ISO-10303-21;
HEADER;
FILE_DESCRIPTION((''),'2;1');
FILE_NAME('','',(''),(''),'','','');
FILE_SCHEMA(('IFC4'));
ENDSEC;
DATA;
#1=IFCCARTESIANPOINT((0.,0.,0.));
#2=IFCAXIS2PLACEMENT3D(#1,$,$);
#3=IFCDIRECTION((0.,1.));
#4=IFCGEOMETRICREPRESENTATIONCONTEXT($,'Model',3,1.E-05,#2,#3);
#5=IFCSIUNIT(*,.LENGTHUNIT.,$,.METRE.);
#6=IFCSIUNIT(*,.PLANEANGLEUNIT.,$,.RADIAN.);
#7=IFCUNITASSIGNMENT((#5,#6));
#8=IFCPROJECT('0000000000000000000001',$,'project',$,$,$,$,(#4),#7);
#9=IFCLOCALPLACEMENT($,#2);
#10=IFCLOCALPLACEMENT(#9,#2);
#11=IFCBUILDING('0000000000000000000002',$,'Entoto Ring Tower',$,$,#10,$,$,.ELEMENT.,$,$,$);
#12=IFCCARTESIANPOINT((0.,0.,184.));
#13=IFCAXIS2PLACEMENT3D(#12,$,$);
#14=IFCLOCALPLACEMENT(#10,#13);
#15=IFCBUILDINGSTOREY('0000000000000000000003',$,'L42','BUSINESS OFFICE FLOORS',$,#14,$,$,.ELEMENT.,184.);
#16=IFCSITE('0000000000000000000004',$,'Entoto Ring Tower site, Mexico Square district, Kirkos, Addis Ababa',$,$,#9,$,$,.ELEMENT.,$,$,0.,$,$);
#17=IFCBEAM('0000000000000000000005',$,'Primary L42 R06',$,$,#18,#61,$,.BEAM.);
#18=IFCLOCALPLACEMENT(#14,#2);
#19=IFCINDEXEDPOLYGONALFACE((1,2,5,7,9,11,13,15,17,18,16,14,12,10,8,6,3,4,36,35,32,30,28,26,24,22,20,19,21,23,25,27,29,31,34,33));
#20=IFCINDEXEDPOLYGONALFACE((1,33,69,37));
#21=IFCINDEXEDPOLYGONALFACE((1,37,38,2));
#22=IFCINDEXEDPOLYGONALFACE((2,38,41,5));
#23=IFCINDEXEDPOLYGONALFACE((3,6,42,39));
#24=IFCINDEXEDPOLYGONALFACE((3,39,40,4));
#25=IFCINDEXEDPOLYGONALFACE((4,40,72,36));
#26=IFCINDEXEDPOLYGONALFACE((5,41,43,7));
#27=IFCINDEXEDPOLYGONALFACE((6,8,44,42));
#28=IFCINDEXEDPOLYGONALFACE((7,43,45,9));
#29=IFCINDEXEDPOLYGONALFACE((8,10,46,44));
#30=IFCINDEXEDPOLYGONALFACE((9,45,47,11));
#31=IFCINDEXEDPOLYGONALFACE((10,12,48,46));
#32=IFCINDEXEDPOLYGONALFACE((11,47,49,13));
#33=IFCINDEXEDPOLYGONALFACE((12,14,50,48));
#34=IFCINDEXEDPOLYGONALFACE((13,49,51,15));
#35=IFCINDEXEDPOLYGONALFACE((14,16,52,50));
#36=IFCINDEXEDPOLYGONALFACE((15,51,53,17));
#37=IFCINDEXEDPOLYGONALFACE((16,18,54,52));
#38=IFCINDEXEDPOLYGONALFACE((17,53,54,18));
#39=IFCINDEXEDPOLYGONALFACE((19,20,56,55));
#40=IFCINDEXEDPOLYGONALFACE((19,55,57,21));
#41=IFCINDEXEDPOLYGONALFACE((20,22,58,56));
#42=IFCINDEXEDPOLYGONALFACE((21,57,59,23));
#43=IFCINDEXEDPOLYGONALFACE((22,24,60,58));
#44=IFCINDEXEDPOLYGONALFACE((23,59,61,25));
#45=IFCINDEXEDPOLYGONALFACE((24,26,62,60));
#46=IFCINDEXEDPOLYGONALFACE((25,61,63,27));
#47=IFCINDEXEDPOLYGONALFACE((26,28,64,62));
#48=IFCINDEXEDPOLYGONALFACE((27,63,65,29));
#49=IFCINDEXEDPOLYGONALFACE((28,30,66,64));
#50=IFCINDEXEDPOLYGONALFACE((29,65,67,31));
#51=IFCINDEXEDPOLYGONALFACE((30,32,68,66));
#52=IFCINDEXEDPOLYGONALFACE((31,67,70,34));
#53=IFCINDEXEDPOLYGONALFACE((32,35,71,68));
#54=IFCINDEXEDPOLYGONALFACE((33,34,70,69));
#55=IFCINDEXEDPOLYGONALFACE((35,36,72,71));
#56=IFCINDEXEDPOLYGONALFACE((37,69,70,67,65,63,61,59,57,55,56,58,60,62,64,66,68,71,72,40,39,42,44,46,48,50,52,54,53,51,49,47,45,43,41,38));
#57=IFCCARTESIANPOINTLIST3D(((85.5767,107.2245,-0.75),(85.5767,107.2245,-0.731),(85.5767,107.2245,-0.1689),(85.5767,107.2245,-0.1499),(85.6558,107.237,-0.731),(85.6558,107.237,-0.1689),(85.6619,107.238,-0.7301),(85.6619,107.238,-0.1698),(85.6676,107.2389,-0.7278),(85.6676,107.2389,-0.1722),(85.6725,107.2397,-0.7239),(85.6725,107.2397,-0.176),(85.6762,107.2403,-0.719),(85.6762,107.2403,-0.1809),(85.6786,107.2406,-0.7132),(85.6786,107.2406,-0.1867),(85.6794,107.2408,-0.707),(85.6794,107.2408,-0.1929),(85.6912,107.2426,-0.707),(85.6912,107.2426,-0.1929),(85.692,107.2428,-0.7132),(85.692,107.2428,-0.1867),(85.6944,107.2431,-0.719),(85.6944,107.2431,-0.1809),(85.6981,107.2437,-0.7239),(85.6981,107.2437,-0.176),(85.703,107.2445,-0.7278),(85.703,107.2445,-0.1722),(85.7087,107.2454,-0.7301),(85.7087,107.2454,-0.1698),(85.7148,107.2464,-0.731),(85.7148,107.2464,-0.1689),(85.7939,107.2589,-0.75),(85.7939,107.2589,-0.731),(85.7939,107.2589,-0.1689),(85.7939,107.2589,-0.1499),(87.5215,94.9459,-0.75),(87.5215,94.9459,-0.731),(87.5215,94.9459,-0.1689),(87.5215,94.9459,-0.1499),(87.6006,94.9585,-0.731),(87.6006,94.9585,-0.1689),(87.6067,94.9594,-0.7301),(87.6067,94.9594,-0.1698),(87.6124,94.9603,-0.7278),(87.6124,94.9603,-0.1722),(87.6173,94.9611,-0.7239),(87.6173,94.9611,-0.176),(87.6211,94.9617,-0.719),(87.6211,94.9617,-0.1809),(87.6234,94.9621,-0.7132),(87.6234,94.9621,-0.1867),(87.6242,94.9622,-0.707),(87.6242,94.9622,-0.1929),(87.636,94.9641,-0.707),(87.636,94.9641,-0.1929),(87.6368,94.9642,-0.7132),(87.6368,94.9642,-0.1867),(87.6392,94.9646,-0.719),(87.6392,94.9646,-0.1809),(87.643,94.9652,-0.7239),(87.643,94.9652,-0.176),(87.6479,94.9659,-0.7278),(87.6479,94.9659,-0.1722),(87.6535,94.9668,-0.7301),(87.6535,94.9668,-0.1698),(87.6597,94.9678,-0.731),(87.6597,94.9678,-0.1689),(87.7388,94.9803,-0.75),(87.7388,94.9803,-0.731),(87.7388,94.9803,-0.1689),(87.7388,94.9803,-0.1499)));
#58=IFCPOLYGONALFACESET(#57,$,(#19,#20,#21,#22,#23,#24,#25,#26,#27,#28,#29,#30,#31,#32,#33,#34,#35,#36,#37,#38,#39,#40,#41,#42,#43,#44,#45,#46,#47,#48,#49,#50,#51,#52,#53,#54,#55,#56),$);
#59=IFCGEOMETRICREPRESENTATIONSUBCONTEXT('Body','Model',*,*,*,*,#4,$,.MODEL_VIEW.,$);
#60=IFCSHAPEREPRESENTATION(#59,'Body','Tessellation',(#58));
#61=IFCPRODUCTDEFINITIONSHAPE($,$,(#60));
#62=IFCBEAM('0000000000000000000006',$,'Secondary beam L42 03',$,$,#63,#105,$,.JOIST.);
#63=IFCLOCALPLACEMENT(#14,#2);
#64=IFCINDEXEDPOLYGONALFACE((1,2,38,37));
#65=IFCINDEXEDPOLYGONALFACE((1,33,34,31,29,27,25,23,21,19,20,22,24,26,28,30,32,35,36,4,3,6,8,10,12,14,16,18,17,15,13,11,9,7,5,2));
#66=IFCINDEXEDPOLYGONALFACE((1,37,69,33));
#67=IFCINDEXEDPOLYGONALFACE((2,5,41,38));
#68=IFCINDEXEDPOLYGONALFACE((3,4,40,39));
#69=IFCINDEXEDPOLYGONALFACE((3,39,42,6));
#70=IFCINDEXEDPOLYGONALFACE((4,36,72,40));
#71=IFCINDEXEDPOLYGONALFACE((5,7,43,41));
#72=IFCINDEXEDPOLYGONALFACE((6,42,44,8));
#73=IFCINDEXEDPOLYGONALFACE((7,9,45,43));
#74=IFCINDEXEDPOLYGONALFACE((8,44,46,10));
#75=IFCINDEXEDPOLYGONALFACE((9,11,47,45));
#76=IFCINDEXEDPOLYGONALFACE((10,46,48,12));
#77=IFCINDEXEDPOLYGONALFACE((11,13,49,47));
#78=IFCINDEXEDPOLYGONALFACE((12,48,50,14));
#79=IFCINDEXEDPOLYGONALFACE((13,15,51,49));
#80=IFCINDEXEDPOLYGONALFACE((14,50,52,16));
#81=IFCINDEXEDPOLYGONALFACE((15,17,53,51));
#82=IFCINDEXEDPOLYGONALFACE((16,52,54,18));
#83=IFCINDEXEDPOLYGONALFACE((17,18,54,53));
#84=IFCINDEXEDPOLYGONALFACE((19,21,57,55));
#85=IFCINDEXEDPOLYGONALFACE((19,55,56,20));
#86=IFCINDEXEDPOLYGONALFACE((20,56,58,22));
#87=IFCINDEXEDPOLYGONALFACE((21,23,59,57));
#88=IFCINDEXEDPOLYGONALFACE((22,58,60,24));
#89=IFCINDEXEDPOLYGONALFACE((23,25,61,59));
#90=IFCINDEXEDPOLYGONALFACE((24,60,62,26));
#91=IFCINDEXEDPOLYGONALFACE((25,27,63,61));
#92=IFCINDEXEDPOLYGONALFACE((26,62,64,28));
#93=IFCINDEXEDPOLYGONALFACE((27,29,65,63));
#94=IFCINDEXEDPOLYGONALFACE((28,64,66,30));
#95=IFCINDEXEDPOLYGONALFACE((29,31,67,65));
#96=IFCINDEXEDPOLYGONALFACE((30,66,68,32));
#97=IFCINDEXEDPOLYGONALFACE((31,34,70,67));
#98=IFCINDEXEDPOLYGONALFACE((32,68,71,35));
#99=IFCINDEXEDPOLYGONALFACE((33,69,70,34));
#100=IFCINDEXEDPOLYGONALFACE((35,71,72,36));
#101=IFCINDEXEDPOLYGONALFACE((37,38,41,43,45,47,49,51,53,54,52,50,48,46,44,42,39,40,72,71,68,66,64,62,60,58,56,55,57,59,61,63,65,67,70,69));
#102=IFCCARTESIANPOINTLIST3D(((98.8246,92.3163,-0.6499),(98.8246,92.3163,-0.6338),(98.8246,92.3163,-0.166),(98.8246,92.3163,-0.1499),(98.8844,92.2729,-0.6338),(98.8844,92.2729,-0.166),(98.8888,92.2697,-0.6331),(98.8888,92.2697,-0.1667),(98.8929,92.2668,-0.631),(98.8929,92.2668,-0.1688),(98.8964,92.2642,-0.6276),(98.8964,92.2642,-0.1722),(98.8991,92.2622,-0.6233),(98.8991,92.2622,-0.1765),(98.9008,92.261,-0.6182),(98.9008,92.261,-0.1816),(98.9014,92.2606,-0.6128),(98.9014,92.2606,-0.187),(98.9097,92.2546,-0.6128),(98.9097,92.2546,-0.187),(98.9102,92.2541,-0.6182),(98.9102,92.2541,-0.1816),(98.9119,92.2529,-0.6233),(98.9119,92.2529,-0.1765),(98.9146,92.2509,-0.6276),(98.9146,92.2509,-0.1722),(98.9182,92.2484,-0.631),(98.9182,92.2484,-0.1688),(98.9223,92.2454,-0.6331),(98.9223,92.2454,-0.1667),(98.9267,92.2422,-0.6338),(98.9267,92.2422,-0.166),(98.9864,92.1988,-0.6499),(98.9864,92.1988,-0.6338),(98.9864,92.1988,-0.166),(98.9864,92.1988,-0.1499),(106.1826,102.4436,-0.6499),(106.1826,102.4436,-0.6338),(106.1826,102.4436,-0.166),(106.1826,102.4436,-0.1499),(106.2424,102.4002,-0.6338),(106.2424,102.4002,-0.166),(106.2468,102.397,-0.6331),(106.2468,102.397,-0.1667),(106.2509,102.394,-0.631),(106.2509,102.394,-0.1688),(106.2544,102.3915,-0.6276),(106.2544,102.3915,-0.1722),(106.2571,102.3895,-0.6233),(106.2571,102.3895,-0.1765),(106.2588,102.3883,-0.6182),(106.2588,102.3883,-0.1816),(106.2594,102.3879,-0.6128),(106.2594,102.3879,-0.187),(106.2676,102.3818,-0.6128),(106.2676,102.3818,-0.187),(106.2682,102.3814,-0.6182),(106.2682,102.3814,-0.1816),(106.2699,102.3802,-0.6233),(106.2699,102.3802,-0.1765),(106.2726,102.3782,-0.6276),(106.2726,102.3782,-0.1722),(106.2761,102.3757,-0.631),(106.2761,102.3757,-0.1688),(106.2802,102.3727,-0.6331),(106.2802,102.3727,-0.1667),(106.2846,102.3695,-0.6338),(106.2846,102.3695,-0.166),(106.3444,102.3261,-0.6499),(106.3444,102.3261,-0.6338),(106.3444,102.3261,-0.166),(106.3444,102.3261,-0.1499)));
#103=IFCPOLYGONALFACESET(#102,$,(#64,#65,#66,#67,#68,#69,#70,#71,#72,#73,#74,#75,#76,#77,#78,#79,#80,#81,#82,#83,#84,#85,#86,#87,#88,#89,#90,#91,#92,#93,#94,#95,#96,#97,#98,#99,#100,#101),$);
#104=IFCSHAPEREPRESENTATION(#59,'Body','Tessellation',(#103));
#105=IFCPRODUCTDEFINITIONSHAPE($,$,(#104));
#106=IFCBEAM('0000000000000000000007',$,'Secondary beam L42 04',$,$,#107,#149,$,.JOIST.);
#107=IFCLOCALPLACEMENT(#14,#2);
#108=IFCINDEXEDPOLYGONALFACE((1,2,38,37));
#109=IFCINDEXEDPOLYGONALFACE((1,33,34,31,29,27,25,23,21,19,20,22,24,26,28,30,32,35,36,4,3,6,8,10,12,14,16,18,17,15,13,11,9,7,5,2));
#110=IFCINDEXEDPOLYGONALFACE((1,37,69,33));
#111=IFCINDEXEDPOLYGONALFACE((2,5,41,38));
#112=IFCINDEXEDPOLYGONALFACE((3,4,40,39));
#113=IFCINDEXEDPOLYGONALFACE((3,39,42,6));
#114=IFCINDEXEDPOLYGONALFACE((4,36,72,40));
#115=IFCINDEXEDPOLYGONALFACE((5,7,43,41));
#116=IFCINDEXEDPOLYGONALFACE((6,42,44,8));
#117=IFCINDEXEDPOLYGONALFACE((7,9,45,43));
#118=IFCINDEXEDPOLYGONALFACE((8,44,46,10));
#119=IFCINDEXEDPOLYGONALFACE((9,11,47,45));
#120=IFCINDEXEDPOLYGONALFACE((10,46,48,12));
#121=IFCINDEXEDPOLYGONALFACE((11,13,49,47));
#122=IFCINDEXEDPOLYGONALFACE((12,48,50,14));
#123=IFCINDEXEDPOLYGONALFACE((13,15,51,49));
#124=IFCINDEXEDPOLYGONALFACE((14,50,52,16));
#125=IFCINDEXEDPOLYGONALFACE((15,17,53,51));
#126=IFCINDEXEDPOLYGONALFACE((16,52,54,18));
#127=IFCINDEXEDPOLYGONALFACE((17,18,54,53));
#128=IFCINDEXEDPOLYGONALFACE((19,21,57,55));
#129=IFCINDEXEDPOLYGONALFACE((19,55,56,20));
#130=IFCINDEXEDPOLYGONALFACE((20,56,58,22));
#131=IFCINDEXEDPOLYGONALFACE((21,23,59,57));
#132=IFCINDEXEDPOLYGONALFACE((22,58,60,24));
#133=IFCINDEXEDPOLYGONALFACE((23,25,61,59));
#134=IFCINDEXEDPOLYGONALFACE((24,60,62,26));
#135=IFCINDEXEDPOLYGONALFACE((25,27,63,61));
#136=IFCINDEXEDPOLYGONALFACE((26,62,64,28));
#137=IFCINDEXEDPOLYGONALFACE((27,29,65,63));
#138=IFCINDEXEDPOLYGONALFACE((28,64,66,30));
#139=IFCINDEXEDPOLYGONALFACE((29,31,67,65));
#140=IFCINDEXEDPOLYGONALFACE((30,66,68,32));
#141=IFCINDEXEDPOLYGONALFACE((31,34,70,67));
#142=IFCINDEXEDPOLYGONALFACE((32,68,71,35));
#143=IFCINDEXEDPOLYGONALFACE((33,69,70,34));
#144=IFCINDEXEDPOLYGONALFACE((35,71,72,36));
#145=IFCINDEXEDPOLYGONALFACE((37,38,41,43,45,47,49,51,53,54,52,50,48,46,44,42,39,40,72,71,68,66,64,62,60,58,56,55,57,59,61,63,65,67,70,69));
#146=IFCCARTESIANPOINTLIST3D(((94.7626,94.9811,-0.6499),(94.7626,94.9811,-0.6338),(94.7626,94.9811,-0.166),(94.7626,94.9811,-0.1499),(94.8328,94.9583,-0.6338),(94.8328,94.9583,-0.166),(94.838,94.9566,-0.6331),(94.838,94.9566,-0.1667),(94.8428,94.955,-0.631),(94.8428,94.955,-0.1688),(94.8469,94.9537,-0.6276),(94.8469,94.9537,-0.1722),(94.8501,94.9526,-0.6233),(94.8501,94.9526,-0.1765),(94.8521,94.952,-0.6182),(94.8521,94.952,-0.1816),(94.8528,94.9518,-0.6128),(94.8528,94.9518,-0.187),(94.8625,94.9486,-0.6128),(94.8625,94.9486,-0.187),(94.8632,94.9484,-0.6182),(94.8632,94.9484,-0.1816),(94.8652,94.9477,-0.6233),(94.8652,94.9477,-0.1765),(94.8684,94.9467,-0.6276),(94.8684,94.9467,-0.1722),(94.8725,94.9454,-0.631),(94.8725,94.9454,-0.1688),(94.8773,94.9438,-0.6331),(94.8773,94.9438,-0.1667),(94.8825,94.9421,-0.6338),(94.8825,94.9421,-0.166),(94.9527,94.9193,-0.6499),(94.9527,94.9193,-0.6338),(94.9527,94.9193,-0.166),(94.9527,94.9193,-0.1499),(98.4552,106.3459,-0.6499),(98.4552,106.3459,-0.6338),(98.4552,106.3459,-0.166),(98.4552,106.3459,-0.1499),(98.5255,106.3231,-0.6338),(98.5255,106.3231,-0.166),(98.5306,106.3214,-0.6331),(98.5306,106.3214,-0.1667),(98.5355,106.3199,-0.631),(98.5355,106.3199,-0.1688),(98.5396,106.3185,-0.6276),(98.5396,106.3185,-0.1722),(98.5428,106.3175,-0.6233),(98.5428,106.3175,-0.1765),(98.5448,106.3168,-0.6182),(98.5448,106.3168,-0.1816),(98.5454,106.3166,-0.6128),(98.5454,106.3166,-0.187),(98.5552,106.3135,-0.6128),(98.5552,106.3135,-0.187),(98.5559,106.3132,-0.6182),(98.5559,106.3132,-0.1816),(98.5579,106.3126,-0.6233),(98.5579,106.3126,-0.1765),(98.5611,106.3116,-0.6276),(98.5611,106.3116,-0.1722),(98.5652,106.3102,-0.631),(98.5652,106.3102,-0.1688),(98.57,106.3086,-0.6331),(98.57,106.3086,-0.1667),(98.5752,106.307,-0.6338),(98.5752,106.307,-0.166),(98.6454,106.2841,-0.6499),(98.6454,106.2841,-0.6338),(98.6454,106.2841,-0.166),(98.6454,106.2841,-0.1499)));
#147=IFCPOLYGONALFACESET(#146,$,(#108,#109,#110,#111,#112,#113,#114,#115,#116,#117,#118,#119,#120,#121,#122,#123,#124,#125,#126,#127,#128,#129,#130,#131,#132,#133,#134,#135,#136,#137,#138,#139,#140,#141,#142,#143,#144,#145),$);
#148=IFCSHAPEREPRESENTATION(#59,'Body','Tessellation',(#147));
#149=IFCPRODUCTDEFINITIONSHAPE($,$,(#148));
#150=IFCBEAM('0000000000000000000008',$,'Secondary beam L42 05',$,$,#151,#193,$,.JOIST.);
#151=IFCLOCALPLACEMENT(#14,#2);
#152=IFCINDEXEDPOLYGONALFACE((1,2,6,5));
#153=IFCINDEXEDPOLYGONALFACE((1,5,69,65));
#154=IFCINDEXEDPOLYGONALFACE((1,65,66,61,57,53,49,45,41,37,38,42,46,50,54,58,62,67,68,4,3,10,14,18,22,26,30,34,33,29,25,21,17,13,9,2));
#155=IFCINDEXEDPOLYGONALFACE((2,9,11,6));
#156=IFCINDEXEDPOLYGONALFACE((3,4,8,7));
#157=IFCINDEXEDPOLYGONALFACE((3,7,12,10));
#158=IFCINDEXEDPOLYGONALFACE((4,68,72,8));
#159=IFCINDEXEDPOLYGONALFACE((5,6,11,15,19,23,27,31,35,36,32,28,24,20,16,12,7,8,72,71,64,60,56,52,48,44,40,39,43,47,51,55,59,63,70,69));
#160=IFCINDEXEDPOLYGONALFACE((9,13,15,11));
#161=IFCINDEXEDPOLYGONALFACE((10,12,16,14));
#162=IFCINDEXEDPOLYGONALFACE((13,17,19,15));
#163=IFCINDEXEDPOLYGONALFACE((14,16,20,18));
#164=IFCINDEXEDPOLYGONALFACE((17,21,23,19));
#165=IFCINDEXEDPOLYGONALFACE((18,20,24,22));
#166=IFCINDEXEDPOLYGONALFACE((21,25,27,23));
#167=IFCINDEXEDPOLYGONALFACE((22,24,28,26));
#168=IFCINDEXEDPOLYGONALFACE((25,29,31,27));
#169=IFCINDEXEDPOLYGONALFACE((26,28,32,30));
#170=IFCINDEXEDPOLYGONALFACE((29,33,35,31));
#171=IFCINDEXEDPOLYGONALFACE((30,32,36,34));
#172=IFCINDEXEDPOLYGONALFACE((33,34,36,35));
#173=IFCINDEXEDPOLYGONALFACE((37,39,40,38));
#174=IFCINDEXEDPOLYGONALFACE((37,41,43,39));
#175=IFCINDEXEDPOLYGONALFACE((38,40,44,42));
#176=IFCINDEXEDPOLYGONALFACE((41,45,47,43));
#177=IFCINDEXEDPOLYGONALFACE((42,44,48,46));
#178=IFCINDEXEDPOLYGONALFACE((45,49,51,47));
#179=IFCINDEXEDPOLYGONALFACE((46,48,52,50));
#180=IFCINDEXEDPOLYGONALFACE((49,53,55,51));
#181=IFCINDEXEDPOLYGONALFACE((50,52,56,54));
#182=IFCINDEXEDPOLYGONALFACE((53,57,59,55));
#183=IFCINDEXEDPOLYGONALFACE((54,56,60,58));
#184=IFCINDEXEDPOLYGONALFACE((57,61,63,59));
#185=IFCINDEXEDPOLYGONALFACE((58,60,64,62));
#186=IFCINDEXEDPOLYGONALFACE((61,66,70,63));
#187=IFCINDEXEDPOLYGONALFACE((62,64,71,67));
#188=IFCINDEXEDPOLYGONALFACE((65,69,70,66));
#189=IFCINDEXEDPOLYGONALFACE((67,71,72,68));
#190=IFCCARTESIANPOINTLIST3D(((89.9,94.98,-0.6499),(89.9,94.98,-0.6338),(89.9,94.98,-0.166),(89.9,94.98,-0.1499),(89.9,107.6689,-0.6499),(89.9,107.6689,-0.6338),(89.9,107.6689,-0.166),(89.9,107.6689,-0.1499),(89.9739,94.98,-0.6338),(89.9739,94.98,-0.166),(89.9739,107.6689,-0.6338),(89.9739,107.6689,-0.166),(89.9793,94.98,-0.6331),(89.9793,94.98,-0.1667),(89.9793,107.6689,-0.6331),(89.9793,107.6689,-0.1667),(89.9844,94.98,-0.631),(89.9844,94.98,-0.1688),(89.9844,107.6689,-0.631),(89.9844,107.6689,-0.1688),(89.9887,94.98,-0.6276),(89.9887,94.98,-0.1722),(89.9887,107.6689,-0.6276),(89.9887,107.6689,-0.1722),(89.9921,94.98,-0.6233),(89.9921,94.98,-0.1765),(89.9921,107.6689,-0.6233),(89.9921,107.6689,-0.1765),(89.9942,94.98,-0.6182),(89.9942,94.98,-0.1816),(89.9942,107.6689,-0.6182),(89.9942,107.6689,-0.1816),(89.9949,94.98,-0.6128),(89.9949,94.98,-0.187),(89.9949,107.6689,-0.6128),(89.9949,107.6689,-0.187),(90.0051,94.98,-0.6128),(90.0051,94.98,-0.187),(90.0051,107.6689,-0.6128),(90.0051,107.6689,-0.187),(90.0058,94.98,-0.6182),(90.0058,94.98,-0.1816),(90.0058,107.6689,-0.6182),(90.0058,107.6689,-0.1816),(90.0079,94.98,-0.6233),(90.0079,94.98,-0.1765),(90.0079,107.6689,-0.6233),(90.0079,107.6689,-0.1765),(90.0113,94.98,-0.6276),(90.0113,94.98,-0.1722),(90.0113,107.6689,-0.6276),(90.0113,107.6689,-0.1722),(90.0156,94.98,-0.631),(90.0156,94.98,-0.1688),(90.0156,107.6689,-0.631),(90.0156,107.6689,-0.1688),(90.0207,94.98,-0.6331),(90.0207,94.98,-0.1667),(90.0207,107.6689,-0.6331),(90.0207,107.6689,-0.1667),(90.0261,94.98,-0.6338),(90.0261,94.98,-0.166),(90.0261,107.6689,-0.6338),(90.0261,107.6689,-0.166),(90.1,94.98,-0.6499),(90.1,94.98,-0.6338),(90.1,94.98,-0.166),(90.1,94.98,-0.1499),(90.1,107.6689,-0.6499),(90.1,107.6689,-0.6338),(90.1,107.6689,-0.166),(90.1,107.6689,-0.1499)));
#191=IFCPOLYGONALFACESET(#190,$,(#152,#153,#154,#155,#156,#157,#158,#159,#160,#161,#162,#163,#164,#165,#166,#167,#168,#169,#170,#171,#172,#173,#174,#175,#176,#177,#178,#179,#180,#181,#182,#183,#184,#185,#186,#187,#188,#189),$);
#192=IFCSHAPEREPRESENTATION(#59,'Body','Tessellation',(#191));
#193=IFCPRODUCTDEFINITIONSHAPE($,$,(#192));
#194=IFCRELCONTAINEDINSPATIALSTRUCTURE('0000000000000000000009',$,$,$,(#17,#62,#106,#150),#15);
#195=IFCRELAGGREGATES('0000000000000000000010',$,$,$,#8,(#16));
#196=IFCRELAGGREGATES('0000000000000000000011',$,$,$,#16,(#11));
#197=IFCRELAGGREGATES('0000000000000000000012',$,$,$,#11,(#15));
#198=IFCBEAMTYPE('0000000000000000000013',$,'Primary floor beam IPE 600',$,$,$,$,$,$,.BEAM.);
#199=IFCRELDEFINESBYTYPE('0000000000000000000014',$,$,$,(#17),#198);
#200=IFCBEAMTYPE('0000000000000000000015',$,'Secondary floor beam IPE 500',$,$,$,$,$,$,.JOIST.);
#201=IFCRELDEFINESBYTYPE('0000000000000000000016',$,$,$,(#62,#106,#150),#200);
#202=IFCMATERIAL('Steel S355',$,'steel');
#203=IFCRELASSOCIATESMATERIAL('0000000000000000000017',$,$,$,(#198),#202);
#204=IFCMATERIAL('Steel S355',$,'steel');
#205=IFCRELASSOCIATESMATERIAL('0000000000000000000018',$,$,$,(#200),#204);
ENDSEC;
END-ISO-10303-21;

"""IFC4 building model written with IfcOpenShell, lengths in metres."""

from ifc_helpers import new_model, si_unit, direction, frame, origin, origin_2d, place, context, subcontext, project, spatial, i_section, extrude, material, material_profile, profile_set, type_object, element, save


model = new_model("IFC4")

# Units and contexts
model_context = context("Model", 3, precision=1e-05, world=origin(), true_north=direction((0.0, 1.0)))
body_context = subcontext(model_context, "Body", "Model", "MODEL_VIEW")
ifc_project = project(units=[si_unit("LENGTHUNIT", "METRE"), si_unit("PLANEANGLEUNIT", "RADIAN")], contexts=[model_context])

# Site, building, storey
site_placement = place(None, origin())
site = spatial("IfcSite", under=ifc_project, at=site_placement, Name="Entoto Ring Tower site, Mexico Square district, Kirkos, Addis Ababa", CompositionType="ELEMENT", RefElevation=0.0)
building_placement = place(site_placement, origin())
building = spatial("IfcBuilding", under=site, at=building_placement, Name="Entoto Ring Tower", CompositionType="ELEMENT")
storey_placement = place(building_placement, frame((0.0, 0.0, 184.0)))
storey = spatial("IfcBuildingStorey", under=building, at=storey_placement, Name="L42", Description="BUSINESS OFFICE FLOORS", CompositionType="ELEMENT", Elevation=184.0)

# Beams
ifc_material_1 = material(Name="Steel S355", Category="steel")
ifc_material_profile_1 = material_profile(ifc_material_1, i_section(OverallWidth=0.22, OverallDepth=0.6001, WebThickness=0.012, FlangeThickness=0.019, FilletRadius=0.0239, at=origin_2d()), Name="IPE 600")
ifc_profile_set_1 = profile_set([ifc_material_profile_1], Name="Steel S355")
beam_type_1 = type_object("IfcBeamType", Name="Primary floor beam IPE 600", PredefinedType="BEAM", material=ifc_profile_set_1)
for number, where, z_axis, x_axis, name in (
    (1, (87.6301, 94.9631, -0.45), (-0.156442, 0.987687, 0.0), (-0.987687, -0.156442, 0.0), "Primary L42 R06"),
):
    element("IfcBeam", number, at=place(storey_placement, frame(where, z_axis=z_axis, x_axis=x_axis)), inside=storey, type_object=beam_type_1, Name=name, PredefinedType="BEAM", context=body_context, shape_type="SweptSolid", body=[
        extrude(i_section(OverallWidth=0.22, OverallDepth=0.6001, WebThickness=0.012, FlangeThickness=0.019, FilletRadius=0.0239, at=origin_2d()), origin(), (0.0, 0.0, 1.0), 12.4316),
    ])
ifc_material_2 = material(Name="Steel S355", Category="steel")
ifc_material_profile_2 = material_profile(ifc_material_2, i_section(OverallWidth=0.2, OverallDepth=0.5, WebThickness=0.0103, FlangeThickness=0.0161, FilletRadius=0.021, at=origin_2d()), Name="IPE 500")
ifc_profile_set_2 = profile_set([ifc_material_profile_2], Name="Steel S355")
beam_type_2 = type_object("IfcBeamType", Name="Secondary floor beam IPE 500", PredefinedType="JOIST", material=ifc_profile_set_2)
beam_1_placement = place(storey_placement, frame((98.9055, 92.2576, -0.3999), z_axis=(0.587789, 0.809014, 0.0), x_axis=(-0.809014, 0.587789, 0.0)))
element("IfcBeam", 2, at=beam_1_placement, inside=storey, type_object=beam_type_2, Name="Secondary beam L42 03", PredefinedType="JOIST", context=body_context, shape_type="SweptSolid", body=[
    extrude(i_section(OverallWidth=0.2, OverallDepth=0.5, WebThickness=0.0103, FlangeThickness=0.0161, FilletRadius=0.021, at=origin_2d()), origin(), (0.0, 0.0, 1.0), 12.5181),
])
beam_2_placement = place(storey_placement, frame((94.8577, 94.9502, -0.3999), z_axis=(0.309017, 0.951057, 0.0), x_axis=(-0.951057, 0.309017, 0.0)))
element("IfcBeam", 3, at=beam_2_placement, inside=storey, type_object=beam_type_2, Name="Secondary beam L42 04", PredefinedType="JOIST", context=body_context, shape_type="SweptSolid", body=[
    extrude(i_section(OverallWidth=0.2, OverallDepth=0.5, WebThickness=0.0103, FlangeThickness=0.0161, FilletRadius=0.021, at=origin_2d()), origin(), (0.0, 0.0, 1.0), 11.9497),
])
beam_3_placement = place(storey_placement, frame((90.0, 94.98, -0.3999), z_axis=(0.0, 1.0, 0.0), x_axis=(-1.0, 0.0, 0.0)))
element("IfcBeam", 4, at=beam_3_placement, inside=storey, type_object=beam_type_2, Name="Secondary beam L42 05", PredefinedType="JOIST", context=body_context, shape_type="SweptSolid", body=[
    extrude(i_section(OverallWidth=0.2, OverallDepth=0.5, WebThickness=0.0103, FlangeThickness=0.0161, FilletRadius=0.021, at=origin_2d()), origin(), (0.0, 0.0, 1.0), 12.689),
])

save(model, "model.ifc")
